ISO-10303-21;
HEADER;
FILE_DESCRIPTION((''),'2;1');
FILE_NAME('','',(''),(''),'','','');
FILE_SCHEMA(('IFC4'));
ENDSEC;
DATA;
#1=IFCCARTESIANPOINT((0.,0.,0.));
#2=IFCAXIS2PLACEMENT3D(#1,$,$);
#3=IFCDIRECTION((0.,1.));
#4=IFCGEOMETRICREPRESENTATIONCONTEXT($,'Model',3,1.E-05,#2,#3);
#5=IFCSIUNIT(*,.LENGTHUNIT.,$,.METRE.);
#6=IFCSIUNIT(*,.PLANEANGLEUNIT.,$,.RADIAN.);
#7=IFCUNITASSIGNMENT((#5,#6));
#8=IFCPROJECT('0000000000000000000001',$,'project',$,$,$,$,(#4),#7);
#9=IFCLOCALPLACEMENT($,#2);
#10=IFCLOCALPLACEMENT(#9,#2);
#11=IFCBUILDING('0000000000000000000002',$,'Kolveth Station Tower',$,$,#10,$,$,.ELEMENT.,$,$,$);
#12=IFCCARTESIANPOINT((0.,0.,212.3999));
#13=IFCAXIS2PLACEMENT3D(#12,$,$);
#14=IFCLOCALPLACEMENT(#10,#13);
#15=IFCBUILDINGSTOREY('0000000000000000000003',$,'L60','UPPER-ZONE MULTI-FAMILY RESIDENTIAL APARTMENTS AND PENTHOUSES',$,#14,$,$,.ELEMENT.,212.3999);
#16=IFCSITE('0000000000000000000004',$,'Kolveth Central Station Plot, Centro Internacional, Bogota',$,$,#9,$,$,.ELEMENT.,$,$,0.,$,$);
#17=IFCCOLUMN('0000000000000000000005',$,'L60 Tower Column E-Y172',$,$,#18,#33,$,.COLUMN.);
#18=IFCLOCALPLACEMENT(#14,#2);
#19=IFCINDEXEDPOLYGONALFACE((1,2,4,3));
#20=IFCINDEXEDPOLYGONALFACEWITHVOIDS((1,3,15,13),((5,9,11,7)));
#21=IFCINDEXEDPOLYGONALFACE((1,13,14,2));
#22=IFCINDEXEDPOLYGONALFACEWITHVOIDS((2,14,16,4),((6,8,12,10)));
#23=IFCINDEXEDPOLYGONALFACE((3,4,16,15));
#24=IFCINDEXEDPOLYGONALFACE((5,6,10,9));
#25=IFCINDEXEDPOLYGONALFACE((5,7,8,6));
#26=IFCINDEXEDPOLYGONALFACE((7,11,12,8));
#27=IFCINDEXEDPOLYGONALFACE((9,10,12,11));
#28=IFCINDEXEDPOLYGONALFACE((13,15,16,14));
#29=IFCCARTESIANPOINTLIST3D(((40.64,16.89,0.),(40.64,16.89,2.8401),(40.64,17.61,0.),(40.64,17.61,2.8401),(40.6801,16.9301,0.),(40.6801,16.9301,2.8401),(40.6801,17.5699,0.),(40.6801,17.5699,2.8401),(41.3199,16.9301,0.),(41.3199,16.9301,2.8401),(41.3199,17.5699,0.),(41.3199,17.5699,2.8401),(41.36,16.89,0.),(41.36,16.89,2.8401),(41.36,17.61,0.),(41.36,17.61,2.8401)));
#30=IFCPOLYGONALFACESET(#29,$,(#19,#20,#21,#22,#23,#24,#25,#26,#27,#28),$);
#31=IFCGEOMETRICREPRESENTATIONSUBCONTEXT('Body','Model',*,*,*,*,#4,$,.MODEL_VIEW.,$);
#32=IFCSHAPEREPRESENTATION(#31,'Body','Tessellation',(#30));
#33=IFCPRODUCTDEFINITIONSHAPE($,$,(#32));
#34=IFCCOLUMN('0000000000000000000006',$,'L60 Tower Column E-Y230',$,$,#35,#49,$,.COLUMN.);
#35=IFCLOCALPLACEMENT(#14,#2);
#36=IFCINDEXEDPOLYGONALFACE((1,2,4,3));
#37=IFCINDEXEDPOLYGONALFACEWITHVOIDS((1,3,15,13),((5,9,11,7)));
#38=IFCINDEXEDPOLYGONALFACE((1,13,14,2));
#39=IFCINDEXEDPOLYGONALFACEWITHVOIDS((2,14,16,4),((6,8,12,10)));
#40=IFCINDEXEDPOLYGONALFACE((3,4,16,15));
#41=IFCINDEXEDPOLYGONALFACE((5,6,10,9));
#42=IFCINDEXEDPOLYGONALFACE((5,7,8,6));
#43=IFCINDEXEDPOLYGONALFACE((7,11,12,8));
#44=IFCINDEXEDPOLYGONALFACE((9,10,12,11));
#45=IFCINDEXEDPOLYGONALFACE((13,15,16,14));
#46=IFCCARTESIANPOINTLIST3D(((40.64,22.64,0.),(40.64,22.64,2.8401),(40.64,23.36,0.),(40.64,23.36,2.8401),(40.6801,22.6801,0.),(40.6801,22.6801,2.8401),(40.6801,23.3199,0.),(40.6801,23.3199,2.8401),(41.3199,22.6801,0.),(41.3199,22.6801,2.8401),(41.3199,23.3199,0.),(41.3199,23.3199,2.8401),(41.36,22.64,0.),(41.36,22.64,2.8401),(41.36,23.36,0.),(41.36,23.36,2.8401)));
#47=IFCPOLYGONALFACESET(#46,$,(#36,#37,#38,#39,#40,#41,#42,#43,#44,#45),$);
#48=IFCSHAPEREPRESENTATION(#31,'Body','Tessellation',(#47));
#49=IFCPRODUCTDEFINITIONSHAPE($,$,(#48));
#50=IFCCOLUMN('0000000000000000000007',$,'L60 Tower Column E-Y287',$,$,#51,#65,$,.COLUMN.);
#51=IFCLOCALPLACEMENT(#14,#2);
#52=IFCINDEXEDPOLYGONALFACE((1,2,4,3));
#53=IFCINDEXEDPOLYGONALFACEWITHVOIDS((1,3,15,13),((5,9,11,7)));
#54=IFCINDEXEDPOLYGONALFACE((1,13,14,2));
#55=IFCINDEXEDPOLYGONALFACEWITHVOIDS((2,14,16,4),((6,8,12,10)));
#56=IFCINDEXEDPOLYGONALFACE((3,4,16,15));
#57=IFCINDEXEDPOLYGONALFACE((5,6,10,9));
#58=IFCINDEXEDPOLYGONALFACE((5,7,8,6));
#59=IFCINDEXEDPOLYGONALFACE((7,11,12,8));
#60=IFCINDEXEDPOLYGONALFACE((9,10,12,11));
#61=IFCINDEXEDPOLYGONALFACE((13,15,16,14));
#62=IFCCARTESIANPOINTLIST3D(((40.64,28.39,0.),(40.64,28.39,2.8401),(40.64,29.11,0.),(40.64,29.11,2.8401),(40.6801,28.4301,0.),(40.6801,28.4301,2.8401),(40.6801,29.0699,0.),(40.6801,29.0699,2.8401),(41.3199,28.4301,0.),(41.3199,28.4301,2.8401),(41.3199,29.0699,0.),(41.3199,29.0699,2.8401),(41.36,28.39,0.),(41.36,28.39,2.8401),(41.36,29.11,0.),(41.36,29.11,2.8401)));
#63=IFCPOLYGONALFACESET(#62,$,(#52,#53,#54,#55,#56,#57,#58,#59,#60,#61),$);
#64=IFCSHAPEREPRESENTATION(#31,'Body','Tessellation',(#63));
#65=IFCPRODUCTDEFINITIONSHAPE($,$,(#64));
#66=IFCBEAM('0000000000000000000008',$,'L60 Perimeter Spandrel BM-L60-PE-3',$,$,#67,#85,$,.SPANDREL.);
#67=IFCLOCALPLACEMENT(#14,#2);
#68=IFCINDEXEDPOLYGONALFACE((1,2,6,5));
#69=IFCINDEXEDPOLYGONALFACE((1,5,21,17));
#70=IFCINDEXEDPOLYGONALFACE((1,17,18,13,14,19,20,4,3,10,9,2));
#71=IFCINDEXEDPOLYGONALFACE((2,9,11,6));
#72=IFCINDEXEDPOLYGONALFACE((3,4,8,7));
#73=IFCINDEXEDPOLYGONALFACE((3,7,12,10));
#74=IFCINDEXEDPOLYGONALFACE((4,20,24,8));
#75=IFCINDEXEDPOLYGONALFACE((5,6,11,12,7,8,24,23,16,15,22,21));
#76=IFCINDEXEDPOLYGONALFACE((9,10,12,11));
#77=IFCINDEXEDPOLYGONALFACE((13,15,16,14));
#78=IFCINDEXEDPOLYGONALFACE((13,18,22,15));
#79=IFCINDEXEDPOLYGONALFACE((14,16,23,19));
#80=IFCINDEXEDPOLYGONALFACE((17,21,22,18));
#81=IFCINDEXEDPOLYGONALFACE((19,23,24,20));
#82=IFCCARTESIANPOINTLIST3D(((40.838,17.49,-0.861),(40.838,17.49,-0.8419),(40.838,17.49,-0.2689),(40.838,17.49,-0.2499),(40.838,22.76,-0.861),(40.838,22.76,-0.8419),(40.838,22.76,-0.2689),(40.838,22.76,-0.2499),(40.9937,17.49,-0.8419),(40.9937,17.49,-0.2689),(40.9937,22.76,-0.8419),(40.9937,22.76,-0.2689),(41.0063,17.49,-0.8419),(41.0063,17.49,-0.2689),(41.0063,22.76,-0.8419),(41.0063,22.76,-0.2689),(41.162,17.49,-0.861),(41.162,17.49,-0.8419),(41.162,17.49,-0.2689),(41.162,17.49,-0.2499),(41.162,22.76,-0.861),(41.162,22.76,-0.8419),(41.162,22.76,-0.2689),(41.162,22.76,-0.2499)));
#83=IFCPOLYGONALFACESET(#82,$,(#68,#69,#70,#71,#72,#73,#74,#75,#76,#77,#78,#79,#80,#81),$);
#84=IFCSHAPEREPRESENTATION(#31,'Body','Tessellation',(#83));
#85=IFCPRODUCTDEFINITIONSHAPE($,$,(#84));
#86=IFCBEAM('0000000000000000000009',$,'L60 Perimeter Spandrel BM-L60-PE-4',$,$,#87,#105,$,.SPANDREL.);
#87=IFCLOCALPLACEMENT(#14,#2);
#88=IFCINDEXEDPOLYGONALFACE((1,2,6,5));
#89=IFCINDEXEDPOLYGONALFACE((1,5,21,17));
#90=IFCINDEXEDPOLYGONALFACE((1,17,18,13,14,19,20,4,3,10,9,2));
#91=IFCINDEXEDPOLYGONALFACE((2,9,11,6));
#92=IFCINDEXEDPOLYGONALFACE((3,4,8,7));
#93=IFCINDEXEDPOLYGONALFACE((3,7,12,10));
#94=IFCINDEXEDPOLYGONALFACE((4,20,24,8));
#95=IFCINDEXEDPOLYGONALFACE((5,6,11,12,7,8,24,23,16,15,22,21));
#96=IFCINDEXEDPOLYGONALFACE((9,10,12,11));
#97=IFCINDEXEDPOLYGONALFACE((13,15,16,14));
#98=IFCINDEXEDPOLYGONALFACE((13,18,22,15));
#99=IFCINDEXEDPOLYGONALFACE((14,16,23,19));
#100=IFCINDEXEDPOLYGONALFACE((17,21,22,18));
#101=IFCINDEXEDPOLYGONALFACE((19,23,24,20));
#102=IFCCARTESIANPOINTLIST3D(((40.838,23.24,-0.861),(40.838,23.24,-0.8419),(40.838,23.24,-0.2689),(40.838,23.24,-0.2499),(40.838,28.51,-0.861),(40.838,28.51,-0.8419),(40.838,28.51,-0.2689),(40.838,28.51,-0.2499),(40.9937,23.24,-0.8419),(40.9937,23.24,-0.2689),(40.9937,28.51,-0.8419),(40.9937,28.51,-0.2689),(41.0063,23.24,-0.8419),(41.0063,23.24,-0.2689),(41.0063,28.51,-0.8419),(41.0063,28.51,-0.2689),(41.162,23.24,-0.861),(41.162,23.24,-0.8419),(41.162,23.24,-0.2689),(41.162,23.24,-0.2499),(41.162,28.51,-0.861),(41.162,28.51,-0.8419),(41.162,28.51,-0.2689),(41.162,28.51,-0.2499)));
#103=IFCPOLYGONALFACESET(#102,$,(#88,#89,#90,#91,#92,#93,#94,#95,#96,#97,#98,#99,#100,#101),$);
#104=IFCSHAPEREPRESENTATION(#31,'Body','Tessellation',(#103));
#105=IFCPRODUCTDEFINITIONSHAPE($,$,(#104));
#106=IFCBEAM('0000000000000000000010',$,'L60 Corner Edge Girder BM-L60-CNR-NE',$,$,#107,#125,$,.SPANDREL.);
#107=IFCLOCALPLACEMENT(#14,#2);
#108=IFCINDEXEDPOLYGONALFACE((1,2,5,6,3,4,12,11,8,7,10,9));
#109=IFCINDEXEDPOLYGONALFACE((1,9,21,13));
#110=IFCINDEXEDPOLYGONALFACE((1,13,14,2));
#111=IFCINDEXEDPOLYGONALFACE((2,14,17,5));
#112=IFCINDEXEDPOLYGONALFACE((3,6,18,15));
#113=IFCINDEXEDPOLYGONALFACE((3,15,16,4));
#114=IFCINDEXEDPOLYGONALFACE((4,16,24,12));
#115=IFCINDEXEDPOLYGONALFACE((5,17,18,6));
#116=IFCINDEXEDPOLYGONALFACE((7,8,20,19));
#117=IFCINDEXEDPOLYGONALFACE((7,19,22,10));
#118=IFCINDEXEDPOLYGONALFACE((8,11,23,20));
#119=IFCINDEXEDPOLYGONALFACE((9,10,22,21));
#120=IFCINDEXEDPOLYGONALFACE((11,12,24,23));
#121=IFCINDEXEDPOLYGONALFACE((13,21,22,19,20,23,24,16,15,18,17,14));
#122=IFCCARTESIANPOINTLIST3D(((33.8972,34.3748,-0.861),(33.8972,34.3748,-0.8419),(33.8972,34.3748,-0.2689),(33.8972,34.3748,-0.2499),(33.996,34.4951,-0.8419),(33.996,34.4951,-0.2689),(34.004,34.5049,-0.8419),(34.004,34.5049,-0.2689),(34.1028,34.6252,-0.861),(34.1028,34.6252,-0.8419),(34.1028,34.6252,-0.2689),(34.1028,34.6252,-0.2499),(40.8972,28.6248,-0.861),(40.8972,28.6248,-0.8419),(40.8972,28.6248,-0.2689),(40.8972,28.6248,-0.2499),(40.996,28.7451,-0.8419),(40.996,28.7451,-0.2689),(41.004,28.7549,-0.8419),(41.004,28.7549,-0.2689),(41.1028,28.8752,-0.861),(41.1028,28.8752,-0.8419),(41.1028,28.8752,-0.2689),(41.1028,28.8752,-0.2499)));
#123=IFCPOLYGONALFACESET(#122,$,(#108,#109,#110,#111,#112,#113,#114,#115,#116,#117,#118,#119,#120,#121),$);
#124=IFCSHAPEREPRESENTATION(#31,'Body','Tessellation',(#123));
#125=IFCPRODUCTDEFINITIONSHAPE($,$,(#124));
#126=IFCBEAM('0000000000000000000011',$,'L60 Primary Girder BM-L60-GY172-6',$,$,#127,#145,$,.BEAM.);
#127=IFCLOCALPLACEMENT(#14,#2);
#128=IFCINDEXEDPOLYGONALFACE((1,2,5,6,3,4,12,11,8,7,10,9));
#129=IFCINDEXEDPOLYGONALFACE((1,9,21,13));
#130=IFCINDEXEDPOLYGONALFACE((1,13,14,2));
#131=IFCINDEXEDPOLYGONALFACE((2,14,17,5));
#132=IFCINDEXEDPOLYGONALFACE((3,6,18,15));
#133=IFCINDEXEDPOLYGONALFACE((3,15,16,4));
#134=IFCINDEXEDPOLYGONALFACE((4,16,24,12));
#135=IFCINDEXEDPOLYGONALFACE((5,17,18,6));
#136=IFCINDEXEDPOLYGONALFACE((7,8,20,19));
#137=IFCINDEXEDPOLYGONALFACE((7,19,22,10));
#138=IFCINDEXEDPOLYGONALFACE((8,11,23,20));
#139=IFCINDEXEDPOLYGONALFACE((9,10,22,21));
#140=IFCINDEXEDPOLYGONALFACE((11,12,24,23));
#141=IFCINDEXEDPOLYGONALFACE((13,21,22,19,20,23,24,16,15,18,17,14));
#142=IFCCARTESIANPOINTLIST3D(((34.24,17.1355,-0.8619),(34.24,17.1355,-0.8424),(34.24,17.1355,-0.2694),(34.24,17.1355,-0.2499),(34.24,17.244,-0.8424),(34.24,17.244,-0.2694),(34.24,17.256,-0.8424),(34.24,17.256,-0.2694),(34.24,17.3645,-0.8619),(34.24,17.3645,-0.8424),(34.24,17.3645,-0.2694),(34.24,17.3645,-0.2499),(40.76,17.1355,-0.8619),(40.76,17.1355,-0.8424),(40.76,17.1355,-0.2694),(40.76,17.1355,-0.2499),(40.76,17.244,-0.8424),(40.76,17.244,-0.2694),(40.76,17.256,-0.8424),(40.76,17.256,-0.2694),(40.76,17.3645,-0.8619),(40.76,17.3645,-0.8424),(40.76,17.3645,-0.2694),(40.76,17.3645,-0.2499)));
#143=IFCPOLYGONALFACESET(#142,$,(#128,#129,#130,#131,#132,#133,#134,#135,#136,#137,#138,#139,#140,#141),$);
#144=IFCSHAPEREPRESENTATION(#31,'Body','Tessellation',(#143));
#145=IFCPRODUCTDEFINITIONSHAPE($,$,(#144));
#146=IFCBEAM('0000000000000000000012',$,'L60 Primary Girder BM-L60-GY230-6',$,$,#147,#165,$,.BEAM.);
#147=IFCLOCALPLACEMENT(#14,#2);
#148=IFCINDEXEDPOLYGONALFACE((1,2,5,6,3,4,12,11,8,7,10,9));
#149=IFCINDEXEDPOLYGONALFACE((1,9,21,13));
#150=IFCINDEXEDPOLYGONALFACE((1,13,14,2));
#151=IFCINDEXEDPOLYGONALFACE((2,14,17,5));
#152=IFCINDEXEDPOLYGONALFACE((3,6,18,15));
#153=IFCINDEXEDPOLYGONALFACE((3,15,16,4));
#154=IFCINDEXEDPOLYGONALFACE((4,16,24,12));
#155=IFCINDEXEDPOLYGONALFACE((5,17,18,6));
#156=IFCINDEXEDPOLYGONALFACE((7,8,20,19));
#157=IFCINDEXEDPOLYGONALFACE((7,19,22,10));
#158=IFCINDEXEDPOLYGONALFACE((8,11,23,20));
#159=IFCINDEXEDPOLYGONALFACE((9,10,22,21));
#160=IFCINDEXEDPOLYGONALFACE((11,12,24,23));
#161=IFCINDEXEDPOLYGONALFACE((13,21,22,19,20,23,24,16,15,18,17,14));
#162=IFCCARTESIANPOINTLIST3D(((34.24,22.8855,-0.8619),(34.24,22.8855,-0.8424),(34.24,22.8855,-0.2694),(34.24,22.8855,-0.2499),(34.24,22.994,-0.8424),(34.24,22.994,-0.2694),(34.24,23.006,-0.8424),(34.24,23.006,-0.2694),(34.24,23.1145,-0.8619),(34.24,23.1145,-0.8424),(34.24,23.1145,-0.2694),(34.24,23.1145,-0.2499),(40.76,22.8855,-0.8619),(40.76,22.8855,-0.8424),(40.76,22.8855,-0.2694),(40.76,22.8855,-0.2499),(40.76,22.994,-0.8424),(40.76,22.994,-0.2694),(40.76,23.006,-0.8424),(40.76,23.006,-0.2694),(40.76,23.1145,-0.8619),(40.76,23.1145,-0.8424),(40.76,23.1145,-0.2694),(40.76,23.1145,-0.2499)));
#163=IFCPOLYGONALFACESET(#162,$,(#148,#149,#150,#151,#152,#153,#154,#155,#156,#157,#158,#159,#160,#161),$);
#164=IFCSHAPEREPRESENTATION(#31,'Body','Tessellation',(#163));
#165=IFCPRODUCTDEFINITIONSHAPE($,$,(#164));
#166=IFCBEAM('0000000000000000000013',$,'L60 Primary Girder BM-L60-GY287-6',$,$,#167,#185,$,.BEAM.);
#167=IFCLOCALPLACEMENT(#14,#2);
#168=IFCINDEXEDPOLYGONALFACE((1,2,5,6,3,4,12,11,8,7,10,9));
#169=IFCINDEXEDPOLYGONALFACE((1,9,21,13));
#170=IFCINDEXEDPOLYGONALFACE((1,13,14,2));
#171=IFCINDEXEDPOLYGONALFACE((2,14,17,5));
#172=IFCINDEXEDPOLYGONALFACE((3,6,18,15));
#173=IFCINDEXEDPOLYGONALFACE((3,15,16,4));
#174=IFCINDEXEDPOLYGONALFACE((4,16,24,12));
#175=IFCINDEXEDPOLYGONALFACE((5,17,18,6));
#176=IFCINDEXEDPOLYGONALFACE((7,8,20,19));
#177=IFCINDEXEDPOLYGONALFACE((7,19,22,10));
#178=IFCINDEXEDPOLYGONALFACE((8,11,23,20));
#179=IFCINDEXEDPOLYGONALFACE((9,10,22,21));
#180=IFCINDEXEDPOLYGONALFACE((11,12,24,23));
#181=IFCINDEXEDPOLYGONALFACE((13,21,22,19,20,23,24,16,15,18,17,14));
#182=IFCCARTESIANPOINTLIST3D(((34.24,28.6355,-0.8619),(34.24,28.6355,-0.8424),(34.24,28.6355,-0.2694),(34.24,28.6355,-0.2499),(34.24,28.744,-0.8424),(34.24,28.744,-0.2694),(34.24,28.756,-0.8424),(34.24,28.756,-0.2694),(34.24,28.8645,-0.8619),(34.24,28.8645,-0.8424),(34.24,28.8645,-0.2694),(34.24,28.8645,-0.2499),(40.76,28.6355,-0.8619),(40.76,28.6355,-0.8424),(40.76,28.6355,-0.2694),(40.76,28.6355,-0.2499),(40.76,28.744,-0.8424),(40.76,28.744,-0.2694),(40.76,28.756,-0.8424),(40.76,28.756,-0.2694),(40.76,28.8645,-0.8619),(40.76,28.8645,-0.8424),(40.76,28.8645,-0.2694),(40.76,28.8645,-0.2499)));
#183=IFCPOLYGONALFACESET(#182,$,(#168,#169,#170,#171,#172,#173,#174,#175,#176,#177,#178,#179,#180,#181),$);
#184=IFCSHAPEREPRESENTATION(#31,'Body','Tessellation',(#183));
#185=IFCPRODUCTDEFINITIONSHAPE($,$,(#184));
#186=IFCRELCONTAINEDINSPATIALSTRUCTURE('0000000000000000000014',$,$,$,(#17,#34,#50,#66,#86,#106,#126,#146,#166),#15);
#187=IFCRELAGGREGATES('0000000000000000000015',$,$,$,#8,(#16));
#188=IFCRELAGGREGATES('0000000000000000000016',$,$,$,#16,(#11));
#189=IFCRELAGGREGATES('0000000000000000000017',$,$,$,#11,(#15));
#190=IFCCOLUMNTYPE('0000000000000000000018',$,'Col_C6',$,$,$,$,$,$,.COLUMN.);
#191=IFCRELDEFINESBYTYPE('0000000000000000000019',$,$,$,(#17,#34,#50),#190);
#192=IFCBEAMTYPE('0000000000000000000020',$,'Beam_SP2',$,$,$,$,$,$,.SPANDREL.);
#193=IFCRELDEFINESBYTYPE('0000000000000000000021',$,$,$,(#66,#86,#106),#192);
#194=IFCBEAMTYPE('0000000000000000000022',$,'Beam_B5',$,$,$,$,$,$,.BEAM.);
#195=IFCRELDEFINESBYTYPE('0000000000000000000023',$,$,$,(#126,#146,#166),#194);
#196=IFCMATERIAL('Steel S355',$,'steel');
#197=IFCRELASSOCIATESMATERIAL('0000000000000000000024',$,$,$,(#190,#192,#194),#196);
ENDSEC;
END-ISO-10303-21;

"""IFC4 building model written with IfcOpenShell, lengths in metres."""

from ifc_helpers import new_model, si_unit, direction, frame, origin, origin_2d, place, context, subcontext, project, spatial, hollow_rectangle, i_section, extrude, source, transform, mapped, material, material_profile, profile_set, type_object, element, save


model = new_model("IFC4")

# Units and contexts
model_context = context("Model", 3, precision=1e-05, world=origin(), true_north=direction((0.0, 1.0)))
body_context = subcontext(model_context, "Body", "Model", "MODEL_VIEW")
ifc_project = project(units=[si_unit("LENGTHUNIT", "METRE"), si_unit("PLANEANGLEUNIT", "RADIAN")], contexts=[model_context])

# Site, building, storey
site_placement = place(None, origin())
site = spatial("IfcSite", under=ifc_project, at=site_placement, Name="Kolveth Central Station Plot, Centro Internacional, Bogota", CompositionType="ELEMENT", RefElevation=0.0)
building_placement = place(site_placement, origin())
building = spatial("IfcBuilding", under=site, at=building_placement, Name="Kolveth Station Tower", CompositionType="ELEMENT")
storey_placement = place(building_placement, frame((0.0, 0.0, 212.3999)))
storey = spatial("IfcBuildingStorey", under=building, at=storey_placement, Name="L60", Description="UPPER-ZONE MULTI-FAMILY RESIDENTIAL APARTMENTS AND PENTHOUSES", CompositionType="ELEMENT", Elevation=212.3999)

# Columns
ifc_material_1 = material(Name="Steel S355", Category="steel")
ifc_material_profile_1 = material_profile(ifc_material_1, hollow_rectangle(XDim=0.72, YDim=0.72, WallThickness=0.04, at=origin_2d()), Name="BOX720x720x40")
ifc_profile_set_1 = profile_set([ifc_material_profile_1], Name="Steel S355")
column_type = type_object("IfcColumnType", Name="Col_C6", PredefinedType="COLUMN", material=ifc_profile_set_1)
shared_shape_1 = source(origin(), body_context, "Body", "SweptSolid", [
    extrude(hollow_rectangle(XDim=0.72, YDim=0.72, WallThickness=0.04, at=origin_2d()), origin(), (0.0, 0.0, 1.0), 2.8401),
])
for number, where, z_axis, x_axis, name in (
    (1, (41.0, 17.25, 0.0), (0.0, 0.0, 1.0), (1.0, 0.0, 0.0), "L60 Tower Column E-Y172"),
    (2, (41.0, 23.0, 0.0), (0.0, 0.0, 1.0), (1.0, 0.0, 0.0), "L60 Tower Column E-Y230"),
    (3, (41.0, 28.75, 0.0), (0.0, 0.0, 1.0), (1.0, 0.0, 0.0), "L60 Tower Column E-Y287"),
):
    element("IfcColumn", number, at=place(storey_placement, frame(where, z_axis=z_axis, x_axis=x_axis)), inside=storey, type_object=column_type, Name=name, PredefinedType="COLUMN", context=body_context, shape_type="MappedRepresentation", body=[
        mapped(shared_shape_1, transform((0.0, 0.0, 0.0), x_axis=(1.0, 0.0, 0.0), y_axis=(0.0, 1.0, 0.0), z_axis=(0.0, 0.0, 1.0), scale=1.0)),
    ])

# Beams
ifc_material_profile_2 = material_profile(ifc_material_1, i_section(OverallWidth=0.324, OverallDepth=0.6111, WebThickness=0.0127, FlangeThickness=0.019, at=origin_2d()), Name="W610x155")
ifc_profile_set_2 = profile_set([ifc_material_profile_2], Name="Steel S355")
beam_type_1 = type_object("IfcBeamType", Name="Beam_SP2", PredefinedType="SPANDREL", material=ifc_profile_set_2)
shared_shape_2 = source(origin(), body_context, "Body", "SweptSolid", [
    extrude(i_section(OverallWidth=0.324, OverallDepth=0.6111, WebThickness=0.0127, FlangeThickness=0.019, at=origin_2d()), origin(), (0.0, 0.0, 1.0), 5.27),
])
for number, where, z_axis, x_axis, name in (
    (4, (41.0, 17.49, -0.5554), (0.0, 1.0, 0.0), (-1.0, 0.0, 0.0), "L60 Perimeter Spandrel BM-L60-PE-3"),
    (5, (41.0, 23.24, -0.5554), (0.0, 1.0, 0.0), (-1.0, 0.0, 0.0), "L60 Perimeter Spandrel BM-L60-PE-4"),
):
    element("IfcBeam", number, at=place(storey_placement, frame(where, z_axis=z_axis, x_axis=x_axis)), inside=storey, type_object=beam_type_1, Name=name, PredefinedType="SPANDREL", context=body_context, shape_type="MappedRepresentation", body=[
        mapped(shared_shape_2, transform((0.0, 0.0, 0.0), x_axis=(1.0, 0.0, 0.0), y_axis=(0.0, 1.0, 0.0), z_axis=(0.0, 0.0, 1.0), scale=1.0)),
    ])
shared_shape_3 = source(origin(), body_context, "Body", "SweptSolid", [
    extrude(i_section(OverallWidth=0.324, OverallDepth=0.6111, WebThickness=0.0127, FlangeThickness=0.019, at=origin_2d()), origin(), (0.0, 0.0, 1.0), 9.0588),
])
beam_placement = place(storey_placement, frame((41.0, 28.75, -0.5554), z_axis=(-0.772726, 0.634739, 0.0), x_axis=(-0.634739, -0.772726, 0.0)))
element("IfcBeam", 6, at=beam_placement, inside=storey, type_object=beam_type_1, Name="L60 Corner Edge Girder BM-L60-CNR-NE", PredefinedType="SPANDREL", context=body_context, shape_type="MappedRepresentation", body=[
    mapped(shared_shape_3, transform((0.0, 0.0, 0.0), x_axis=(1.0, 0.0, 0.0), y_axis=(0.0, 1.0, 0.0), z_axis=(0.0, 0.0, 1.0), scale=1.0)),
])
ifc_material_profile_3 = material_profile(ifc_material_1, i_section(OverallWidth=0.229, OverallDepth=0.6121, WebThickness=0.012, FlangeThickness=0.0195, at=origin_2d()), Name="W610x125")
ifc_profile_set_3 = profile_set([ifc_material_profile_3], Name="Steel S355")
beam_type_2 = type_object("IfcBeamType", Name="Beam_B5", PredefinedType="BEAM", material=ifc_profile_set_3)
shared_shape_4 = source(origin(), body_context, "Body", "SweptSolid", [
    extrude(i_section(OverallWidth=0.229, OverallDepth=0.6121, WebThickness=0.012, FlangeThickness=0.0195, at=origin_2d()), origin(), (0.0, 0.0, 1.0), 6.52),
])
for number, where, z_axis, x_axis, name in (
    (7, (34.24, 17.25, -0.5559), (1.0, 0.0, 0.0), (0.0, 1.0, 0.0), "L60 Primary Girder BM-L60-GY172-6"),
    (8, (34.24, 23.0, -0.5559), (1.0, 0.0, 0.0), (0.0, 1.0, 0.0), "L60 Primary Girder BM-L60-GY230-6"),
    (9, (34.24, 28.75, -0.5559), (1.0, 0.0, 0.0), (0.0, 1.0, 0.0), "L60 Primary Girder BM-L60-GY287-6"),
):
    element("IfcBeam", number, at=place(storey_placement, frame(where, z_axis=z_axis, x_axis=x_axis)), inside=storey, type_object=beam_type_2, Name=name, PredefinedType="BEAM", context=body_context, shape_type="MappedRepresentation", body=[
        mapped(shared_shape_4, transform((0.0, 0.0, 0.0), x_axis=(1.0, 0.0, 0.0), y_axis=(0.0, 1.0, 0.0), z_axis=(0.0, 0.0, 1.0), scale=1.0)),
    ])

save(model, "model.ifc")
